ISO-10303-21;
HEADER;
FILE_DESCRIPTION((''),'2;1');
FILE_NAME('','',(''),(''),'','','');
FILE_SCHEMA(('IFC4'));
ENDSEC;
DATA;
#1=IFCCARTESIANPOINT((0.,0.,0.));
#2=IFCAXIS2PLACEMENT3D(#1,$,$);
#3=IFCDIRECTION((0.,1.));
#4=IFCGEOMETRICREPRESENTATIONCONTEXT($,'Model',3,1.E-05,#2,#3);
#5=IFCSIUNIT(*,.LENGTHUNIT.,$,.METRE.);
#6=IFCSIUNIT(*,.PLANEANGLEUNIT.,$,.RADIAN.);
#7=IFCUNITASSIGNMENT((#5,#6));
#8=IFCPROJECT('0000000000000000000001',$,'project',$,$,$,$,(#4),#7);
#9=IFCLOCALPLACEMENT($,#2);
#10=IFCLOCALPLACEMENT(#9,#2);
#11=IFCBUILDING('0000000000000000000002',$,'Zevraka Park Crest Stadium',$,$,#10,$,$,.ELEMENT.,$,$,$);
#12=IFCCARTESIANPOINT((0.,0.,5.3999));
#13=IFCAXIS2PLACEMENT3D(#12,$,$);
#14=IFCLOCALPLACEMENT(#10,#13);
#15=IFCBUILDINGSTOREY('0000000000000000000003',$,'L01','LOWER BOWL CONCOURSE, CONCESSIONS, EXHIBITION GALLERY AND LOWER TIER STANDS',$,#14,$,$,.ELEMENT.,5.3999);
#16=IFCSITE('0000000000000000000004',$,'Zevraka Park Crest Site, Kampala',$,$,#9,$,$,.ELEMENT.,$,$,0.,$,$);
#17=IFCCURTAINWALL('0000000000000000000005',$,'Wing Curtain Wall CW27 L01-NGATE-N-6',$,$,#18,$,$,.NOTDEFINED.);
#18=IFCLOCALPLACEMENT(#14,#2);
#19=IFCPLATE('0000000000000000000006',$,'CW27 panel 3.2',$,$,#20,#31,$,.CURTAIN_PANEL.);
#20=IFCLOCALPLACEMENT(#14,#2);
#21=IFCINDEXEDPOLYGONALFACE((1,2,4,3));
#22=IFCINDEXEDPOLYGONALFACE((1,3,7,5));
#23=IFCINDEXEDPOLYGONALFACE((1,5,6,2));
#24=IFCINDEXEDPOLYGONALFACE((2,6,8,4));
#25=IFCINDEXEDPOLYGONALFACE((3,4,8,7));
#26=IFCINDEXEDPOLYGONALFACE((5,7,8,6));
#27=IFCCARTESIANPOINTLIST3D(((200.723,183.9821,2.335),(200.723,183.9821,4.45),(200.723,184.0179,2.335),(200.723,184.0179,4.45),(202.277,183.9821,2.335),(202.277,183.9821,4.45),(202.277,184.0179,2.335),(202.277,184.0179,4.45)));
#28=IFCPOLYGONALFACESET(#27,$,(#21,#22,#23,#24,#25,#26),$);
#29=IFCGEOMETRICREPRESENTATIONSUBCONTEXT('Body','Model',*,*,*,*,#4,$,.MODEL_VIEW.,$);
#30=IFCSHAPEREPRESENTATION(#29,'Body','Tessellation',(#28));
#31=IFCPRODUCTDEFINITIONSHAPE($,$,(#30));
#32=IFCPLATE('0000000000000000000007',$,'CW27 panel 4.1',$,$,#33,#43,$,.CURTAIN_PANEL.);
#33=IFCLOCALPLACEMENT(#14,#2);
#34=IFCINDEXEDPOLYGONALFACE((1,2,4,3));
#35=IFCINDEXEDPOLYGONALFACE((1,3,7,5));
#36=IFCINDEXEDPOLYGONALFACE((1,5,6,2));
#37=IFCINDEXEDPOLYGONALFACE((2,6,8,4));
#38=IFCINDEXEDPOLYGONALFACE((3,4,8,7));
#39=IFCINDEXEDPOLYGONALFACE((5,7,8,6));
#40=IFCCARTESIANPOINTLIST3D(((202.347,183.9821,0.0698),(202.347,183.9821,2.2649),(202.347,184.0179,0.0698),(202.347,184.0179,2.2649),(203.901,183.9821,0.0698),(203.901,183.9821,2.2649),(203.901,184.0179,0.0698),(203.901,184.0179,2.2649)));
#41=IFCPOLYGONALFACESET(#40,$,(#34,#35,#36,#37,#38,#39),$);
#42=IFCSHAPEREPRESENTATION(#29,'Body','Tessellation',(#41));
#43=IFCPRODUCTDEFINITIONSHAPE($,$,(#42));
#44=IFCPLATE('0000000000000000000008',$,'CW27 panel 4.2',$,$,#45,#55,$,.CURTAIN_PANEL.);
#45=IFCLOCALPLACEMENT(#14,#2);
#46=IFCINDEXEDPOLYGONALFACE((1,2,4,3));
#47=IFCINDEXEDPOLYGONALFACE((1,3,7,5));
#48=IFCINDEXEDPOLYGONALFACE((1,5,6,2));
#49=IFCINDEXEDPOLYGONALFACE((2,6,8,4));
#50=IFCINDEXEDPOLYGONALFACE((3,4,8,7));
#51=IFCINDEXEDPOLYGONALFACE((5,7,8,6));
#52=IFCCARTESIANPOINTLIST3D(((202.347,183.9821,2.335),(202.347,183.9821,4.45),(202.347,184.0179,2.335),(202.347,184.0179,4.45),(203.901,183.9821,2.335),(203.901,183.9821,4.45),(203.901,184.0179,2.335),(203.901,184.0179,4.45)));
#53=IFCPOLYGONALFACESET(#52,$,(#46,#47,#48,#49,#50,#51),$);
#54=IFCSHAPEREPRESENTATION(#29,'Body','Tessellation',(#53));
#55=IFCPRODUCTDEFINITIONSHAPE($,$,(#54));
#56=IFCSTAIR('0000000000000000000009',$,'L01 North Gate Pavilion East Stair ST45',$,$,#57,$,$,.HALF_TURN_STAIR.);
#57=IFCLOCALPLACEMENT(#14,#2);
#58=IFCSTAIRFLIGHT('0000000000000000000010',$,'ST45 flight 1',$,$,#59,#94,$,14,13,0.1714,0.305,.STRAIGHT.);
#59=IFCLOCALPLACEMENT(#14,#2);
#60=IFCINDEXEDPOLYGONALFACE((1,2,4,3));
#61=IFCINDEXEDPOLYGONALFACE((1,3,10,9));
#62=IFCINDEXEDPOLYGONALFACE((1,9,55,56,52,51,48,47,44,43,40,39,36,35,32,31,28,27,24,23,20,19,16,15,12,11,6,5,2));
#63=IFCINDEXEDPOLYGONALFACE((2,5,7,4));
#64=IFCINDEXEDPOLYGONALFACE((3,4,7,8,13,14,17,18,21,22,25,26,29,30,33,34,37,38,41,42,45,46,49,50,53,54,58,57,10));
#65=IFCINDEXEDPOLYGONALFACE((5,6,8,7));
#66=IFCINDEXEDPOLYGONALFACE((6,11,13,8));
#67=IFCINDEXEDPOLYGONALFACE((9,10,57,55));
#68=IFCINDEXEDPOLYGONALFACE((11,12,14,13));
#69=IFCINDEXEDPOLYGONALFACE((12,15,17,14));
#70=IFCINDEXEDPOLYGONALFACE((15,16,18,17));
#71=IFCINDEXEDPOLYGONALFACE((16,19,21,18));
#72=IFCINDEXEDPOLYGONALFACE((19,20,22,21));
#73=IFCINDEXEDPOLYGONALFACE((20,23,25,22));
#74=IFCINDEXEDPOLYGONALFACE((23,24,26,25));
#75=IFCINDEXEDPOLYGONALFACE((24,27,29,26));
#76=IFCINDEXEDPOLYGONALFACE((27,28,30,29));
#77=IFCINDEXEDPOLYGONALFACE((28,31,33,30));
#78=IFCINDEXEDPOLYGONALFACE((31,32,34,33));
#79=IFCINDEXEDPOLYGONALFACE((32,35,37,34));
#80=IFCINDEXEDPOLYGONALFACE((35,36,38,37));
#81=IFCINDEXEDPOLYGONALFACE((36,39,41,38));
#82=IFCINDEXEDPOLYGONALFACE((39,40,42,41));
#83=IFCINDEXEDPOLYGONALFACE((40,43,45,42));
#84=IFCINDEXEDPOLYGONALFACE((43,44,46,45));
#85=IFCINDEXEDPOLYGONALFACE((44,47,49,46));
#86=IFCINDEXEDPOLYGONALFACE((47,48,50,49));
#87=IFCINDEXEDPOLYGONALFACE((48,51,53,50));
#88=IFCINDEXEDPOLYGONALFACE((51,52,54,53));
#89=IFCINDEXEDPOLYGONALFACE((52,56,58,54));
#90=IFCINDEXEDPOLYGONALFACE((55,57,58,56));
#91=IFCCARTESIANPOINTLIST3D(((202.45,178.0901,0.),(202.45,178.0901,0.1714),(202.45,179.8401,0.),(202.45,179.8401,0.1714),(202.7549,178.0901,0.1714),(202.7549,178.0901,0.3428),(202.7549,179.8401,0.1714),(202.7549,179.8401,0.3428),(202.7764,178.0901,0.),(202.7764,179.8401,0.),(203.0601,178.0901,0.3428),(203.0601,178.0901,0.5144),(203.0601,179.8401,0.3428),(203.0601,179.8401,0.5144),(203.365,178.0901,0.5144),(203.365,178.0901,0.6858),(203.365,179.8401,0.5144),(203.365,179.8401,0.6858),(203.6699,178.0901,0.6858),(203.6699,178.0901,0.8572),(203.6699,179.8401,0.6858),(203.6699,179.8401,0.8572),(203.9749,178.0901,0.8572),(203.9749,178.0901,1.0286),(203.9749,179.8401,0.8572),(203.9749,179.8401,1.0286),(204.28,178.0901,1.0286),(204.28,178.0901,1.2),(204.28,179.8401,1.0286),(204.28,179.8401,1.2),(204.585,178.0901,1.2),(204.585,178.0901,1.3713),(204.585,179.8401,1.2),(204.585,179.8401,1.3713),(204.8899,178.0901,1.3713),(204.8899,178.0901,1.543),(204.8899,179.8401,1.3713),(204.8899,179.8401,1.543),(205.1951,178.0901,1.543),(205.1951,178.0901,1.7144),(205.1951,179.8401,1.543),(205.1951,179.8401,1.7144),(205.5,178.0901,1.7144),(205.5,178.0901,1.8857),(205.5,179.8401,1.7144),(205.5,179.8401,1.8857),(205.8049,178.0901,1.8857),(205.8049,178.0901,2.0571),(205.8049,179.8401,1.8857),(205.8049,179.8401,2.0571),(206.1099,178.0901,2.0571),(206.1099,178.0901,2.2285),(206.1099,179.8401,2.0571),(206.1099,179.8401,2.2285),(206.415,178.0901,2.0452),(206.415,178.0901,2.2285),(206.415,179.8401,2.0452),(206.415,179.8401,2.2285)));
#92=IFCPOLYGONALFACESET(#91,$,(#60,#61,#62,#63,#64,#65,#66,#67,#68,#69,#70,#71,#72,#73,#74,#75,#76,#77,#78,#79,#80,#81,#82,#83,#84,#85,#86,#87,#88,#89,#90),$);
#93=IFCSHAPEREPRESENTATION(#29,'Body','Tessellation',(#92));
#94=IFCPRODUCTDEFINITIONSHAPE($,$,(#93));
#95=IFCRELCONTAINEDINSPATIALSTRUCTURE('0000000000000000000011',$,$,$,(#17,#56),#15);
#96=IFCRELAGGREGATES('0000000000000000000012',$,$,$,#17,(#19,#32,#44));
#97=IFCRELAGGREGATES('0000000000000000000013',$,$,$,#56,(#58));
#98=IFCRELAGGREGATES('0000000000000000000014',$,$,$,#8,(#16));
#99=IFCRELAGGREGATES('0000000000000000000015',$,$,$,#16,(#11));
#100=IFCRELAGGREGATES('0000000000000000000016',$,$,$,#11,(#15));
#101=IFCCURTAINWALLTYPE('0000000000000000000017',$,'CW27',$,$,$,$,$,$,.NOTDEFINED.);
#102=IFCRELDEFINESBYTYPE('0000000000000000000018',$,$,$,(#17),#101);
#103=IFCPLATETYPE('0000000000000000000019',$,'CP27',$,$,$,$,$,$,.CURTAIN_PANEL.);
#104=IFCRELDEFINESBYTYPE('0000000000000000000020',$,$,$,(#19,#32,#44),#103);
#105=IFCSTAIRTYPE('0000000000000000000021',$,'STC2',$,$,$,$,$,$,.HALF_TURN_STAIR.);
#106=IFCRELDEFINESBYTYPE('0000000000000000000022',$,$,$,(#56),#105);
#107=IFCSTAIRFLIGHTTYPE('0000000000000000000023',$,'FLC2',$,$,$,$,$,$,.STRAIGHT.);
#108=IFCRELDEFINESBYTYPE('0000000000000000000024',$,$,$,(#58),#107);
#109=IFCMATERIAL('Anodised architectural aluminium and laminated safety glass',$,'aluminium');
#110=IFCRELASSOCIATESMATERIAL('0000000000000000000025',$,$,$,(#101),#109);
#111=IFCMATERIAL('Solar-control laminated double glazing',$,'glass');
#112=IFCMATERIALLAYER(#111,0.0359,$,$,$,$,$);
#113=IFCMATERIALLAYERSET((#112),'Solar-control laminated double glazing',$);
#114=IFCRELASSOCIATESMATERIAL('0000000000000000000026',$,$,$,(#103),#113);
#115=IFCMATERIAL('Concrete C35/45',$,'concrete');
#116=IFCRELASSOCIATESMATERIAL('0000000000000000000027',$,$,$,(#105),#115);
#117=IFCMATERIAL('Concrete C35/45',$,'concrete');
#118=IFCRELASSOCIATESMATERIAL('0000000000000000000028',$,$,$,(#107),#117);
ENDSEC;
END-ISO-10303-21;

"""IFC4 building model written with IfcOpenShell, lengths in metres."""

from ifc_helpers import new_model, si_unit, direction, frame, origin, origin_2d, place, context, subcontext, project, spatial, polyline, rectangle, outline, extrude, material, layer, layer_set, type_object, element, aggregate, save


model = new_model("IFC4")

# Units and contexts
model_context = context("Model", 3, precision=1e-05, world=origin(), true_north=direction((0.0, 1.0)))
body_context = subcontext(model_context, "Body", "Model", "MODEL_VIEW")
ifc_project = project(units=[si_unit("LENGTHUNIT", "METRE"), si_unit("PLANEANGLEUNIT", "RADIAN")], contexts=[model_context])

# Site, building, storey
site_placement = place(None, origin())
site = spatial("IfcSite", under=ifc_project, at=site_placement, Name="Zevraka Park Crest Site, Kampala", CompositionType="ELEMENT", RefElevation=0.0)
building_placement = place(site_placement, origin())
building = spatial("IfcBuilding", under=site, at=building_placement, Name="Zevraka Park Crest Stadium", CompositionType="ELEMENT")
storey_placement = place(building_placement, frame((0.0, 0.0, 5.3999)))
storey = spatial("IfcBuildingStorey", under=building, at=storey_placement, Name="L01", Description="LOWER BOWL CONCOURSE, CONCESSIONS, EXHIBITION GALLERY AND LOWER TIER STANDS", CompositionType="ELEMENT", Elevation=5.3999)

# Curtain wall
ifc_material_1 = material(Name="Anodised architectural aluminium and laminated safety glass", Category="aluminium")
curtain_wall_type = type_object("IfcCurtainWallType", Name="CW27", PredefinedType="NOTDEFINED", material=ifc_material_1)
curtain_wall_placement = place(storey_placement, origin())
curtain_wall = element("IfcCurtainWall", 1, at=curtain_wall_placement, inside=storey, type_object=curtain_wall_type, Name="Wing Curtain Wall CW27 L01-NGATE-N-6", PredefinedType="NOTDEFINED")

# Plates
ifc_material_2 = material(Name="Solar-control laminated double glazing", Category="glass")
ifc_layer_1 = layer(ifc_material_2, 0.0359)
ifc_layer_set_1 = layer_set([ifc_layer_1], Name="Solar-control laminated double glazing")
plate_type = type_object("IfcPlateType", Name="CP27", PredefinedType="CURTAIN_PANEL", material=ifc_layer_set_1)
plate_1_placement = place(storey_placement, frame((201.5, 184.0, 2.335), z_axis=(0.0, 0.0, 1.0), x_axis=(1.0, 0.0, 0.0)))
plate_1 = element("IfcPlate", 2, at=plate_1_placement, type_object=plate_type, Name="CW27 panel 3.2", PredefinedType="CURTAIN_PANEL", context=body_context, shape_type="SweptSolid", body=[
    extrude(rectangle(XDim=1.554, YDim=0.0359, at=origin_2d()), origin(), (0.0, 0.0, 1.0), 2.115),
])
plate_2_placement = place(storey_placement, frame((203.124, 184.0, 0.0698), z_axis=(0.0, 0.0, 1.0), x_axis=(1.0, 0.0, 0.0)))
plate_2 = element("IfcPlate", 3, at=plate_2_placement, type_object=plate_type, Name="CW27 panel 4.1", PredefinedType="CURTAIN_PANEL", context=body_context, shape_type="SweptSolid", body=[
    extrude(rectangle(XDim=1.554, YDim=0.0359, at=origin_2d()), origin(), (0.0, 0.0, 1.0), 2.1951),
])
plate_3_placement = place(storey_placement, frame((203.124, 184.0, 2.335), z_axis=(0.0, 0.0, 1.0), x_axis=(1.0, 0.0, 0.0)))
plate_3 = element("IfcPlate", 4, at=plate_3_placement, type_object=plate_type, Name="CW27 panel 4.2", PredefinedType="CURTAIN_PANEL", context=body_context, shape_type="SweptSolid", body=[
    extrude(rectangle(XDim=1.554, YDim=0.0359, at=origin_2d()), origin(), (0.0, 0.0, 1.0), 2.115),
])
aggregate(curtain_wall, [plate_1, plate_2, plate_3])

# Stair, stair flight
ifc_material_3 = material(Name="Concrete C35/45", Category="concrete")
stair_type = type_object("IfcStairType", Name="STC2", PredefinedType="HALF_TURN_STAIR", material=ifc_material_3)
stair_placement = place(storey_placement, origin())
stair = element("IfcStair", 5, at=stair_placement, inside=storey, type_object=stair_type, Name="L01 North Gate Pavilion East Stair ST45", PredefinedType="HALF_TURN_STAIR")
ifc_material_4 = material(Name="Concrete C35/45", Category="concrete")
stair_flight_type = type_object("IfcStairFlightType", Name="FLC2", PredefinedType="STRAIGHT", material=ifc_material_4)
stair_flight_placement = place(storey_placement, frame((202.45, 178.9651, 0.0), z_axis=(0.0, 0.0, 1.0), x_axis=(1.0, 0.0, 0.0)))
stair_flight = element("IfcStairFlight", 6, at=stair_flight_placement, type_object=stair_flight_type, Name="ST45 flight 1", NumberOfRisers=14, NumberOfTreads=13, PredefinedType="STRAIGHT", RiserHeight=0.1714, TreadLength=0.305, context=body_context, shape_type="SweptSolid", body=[
    extrude(outline(polyline([(0.0, 0.0), (0.0, 0.1714), (0.3049, 0.1714), (0.3049, 0.3428), (0.6101, 0.3428), (0.6101, 0.5144), (0.915, 0.5144), (0.915, 0.6858), (1.22, 0.6858), (1.22, 0.8572), (1.5249, 0.8572), (1.5249, 1.0286), (1.8301, 1.0286), (1.8301, 1.2), (2.135, 1.2), (2.135, 1.3713), (2.4399, 1.3713), (2.4399, 1.543), (2.7451, 1.543), (2.7451, 1.7144), (3.05, 1.7144), (3.05, 1.8857), (3.355, 1.8857), (3.355, 2.0571), (3.6599, 2.0571), (3.6599, 2.2285), (3.9651, 2.2285), (3.9651, 2.3999), (3.9651, 2.0452), (0.3264, 0.0), (0.0, 0.0)])), frame((0.0, 0.875, 0.0), z_axis=(0.0, -1.0, 0.0), x_axis=(1.0, 0.0, 0.0)), (0.0, 0.0, 1.0), 1.75),
])
aggregate(stair, [stair_flight])

save(model, "model.ifc")
